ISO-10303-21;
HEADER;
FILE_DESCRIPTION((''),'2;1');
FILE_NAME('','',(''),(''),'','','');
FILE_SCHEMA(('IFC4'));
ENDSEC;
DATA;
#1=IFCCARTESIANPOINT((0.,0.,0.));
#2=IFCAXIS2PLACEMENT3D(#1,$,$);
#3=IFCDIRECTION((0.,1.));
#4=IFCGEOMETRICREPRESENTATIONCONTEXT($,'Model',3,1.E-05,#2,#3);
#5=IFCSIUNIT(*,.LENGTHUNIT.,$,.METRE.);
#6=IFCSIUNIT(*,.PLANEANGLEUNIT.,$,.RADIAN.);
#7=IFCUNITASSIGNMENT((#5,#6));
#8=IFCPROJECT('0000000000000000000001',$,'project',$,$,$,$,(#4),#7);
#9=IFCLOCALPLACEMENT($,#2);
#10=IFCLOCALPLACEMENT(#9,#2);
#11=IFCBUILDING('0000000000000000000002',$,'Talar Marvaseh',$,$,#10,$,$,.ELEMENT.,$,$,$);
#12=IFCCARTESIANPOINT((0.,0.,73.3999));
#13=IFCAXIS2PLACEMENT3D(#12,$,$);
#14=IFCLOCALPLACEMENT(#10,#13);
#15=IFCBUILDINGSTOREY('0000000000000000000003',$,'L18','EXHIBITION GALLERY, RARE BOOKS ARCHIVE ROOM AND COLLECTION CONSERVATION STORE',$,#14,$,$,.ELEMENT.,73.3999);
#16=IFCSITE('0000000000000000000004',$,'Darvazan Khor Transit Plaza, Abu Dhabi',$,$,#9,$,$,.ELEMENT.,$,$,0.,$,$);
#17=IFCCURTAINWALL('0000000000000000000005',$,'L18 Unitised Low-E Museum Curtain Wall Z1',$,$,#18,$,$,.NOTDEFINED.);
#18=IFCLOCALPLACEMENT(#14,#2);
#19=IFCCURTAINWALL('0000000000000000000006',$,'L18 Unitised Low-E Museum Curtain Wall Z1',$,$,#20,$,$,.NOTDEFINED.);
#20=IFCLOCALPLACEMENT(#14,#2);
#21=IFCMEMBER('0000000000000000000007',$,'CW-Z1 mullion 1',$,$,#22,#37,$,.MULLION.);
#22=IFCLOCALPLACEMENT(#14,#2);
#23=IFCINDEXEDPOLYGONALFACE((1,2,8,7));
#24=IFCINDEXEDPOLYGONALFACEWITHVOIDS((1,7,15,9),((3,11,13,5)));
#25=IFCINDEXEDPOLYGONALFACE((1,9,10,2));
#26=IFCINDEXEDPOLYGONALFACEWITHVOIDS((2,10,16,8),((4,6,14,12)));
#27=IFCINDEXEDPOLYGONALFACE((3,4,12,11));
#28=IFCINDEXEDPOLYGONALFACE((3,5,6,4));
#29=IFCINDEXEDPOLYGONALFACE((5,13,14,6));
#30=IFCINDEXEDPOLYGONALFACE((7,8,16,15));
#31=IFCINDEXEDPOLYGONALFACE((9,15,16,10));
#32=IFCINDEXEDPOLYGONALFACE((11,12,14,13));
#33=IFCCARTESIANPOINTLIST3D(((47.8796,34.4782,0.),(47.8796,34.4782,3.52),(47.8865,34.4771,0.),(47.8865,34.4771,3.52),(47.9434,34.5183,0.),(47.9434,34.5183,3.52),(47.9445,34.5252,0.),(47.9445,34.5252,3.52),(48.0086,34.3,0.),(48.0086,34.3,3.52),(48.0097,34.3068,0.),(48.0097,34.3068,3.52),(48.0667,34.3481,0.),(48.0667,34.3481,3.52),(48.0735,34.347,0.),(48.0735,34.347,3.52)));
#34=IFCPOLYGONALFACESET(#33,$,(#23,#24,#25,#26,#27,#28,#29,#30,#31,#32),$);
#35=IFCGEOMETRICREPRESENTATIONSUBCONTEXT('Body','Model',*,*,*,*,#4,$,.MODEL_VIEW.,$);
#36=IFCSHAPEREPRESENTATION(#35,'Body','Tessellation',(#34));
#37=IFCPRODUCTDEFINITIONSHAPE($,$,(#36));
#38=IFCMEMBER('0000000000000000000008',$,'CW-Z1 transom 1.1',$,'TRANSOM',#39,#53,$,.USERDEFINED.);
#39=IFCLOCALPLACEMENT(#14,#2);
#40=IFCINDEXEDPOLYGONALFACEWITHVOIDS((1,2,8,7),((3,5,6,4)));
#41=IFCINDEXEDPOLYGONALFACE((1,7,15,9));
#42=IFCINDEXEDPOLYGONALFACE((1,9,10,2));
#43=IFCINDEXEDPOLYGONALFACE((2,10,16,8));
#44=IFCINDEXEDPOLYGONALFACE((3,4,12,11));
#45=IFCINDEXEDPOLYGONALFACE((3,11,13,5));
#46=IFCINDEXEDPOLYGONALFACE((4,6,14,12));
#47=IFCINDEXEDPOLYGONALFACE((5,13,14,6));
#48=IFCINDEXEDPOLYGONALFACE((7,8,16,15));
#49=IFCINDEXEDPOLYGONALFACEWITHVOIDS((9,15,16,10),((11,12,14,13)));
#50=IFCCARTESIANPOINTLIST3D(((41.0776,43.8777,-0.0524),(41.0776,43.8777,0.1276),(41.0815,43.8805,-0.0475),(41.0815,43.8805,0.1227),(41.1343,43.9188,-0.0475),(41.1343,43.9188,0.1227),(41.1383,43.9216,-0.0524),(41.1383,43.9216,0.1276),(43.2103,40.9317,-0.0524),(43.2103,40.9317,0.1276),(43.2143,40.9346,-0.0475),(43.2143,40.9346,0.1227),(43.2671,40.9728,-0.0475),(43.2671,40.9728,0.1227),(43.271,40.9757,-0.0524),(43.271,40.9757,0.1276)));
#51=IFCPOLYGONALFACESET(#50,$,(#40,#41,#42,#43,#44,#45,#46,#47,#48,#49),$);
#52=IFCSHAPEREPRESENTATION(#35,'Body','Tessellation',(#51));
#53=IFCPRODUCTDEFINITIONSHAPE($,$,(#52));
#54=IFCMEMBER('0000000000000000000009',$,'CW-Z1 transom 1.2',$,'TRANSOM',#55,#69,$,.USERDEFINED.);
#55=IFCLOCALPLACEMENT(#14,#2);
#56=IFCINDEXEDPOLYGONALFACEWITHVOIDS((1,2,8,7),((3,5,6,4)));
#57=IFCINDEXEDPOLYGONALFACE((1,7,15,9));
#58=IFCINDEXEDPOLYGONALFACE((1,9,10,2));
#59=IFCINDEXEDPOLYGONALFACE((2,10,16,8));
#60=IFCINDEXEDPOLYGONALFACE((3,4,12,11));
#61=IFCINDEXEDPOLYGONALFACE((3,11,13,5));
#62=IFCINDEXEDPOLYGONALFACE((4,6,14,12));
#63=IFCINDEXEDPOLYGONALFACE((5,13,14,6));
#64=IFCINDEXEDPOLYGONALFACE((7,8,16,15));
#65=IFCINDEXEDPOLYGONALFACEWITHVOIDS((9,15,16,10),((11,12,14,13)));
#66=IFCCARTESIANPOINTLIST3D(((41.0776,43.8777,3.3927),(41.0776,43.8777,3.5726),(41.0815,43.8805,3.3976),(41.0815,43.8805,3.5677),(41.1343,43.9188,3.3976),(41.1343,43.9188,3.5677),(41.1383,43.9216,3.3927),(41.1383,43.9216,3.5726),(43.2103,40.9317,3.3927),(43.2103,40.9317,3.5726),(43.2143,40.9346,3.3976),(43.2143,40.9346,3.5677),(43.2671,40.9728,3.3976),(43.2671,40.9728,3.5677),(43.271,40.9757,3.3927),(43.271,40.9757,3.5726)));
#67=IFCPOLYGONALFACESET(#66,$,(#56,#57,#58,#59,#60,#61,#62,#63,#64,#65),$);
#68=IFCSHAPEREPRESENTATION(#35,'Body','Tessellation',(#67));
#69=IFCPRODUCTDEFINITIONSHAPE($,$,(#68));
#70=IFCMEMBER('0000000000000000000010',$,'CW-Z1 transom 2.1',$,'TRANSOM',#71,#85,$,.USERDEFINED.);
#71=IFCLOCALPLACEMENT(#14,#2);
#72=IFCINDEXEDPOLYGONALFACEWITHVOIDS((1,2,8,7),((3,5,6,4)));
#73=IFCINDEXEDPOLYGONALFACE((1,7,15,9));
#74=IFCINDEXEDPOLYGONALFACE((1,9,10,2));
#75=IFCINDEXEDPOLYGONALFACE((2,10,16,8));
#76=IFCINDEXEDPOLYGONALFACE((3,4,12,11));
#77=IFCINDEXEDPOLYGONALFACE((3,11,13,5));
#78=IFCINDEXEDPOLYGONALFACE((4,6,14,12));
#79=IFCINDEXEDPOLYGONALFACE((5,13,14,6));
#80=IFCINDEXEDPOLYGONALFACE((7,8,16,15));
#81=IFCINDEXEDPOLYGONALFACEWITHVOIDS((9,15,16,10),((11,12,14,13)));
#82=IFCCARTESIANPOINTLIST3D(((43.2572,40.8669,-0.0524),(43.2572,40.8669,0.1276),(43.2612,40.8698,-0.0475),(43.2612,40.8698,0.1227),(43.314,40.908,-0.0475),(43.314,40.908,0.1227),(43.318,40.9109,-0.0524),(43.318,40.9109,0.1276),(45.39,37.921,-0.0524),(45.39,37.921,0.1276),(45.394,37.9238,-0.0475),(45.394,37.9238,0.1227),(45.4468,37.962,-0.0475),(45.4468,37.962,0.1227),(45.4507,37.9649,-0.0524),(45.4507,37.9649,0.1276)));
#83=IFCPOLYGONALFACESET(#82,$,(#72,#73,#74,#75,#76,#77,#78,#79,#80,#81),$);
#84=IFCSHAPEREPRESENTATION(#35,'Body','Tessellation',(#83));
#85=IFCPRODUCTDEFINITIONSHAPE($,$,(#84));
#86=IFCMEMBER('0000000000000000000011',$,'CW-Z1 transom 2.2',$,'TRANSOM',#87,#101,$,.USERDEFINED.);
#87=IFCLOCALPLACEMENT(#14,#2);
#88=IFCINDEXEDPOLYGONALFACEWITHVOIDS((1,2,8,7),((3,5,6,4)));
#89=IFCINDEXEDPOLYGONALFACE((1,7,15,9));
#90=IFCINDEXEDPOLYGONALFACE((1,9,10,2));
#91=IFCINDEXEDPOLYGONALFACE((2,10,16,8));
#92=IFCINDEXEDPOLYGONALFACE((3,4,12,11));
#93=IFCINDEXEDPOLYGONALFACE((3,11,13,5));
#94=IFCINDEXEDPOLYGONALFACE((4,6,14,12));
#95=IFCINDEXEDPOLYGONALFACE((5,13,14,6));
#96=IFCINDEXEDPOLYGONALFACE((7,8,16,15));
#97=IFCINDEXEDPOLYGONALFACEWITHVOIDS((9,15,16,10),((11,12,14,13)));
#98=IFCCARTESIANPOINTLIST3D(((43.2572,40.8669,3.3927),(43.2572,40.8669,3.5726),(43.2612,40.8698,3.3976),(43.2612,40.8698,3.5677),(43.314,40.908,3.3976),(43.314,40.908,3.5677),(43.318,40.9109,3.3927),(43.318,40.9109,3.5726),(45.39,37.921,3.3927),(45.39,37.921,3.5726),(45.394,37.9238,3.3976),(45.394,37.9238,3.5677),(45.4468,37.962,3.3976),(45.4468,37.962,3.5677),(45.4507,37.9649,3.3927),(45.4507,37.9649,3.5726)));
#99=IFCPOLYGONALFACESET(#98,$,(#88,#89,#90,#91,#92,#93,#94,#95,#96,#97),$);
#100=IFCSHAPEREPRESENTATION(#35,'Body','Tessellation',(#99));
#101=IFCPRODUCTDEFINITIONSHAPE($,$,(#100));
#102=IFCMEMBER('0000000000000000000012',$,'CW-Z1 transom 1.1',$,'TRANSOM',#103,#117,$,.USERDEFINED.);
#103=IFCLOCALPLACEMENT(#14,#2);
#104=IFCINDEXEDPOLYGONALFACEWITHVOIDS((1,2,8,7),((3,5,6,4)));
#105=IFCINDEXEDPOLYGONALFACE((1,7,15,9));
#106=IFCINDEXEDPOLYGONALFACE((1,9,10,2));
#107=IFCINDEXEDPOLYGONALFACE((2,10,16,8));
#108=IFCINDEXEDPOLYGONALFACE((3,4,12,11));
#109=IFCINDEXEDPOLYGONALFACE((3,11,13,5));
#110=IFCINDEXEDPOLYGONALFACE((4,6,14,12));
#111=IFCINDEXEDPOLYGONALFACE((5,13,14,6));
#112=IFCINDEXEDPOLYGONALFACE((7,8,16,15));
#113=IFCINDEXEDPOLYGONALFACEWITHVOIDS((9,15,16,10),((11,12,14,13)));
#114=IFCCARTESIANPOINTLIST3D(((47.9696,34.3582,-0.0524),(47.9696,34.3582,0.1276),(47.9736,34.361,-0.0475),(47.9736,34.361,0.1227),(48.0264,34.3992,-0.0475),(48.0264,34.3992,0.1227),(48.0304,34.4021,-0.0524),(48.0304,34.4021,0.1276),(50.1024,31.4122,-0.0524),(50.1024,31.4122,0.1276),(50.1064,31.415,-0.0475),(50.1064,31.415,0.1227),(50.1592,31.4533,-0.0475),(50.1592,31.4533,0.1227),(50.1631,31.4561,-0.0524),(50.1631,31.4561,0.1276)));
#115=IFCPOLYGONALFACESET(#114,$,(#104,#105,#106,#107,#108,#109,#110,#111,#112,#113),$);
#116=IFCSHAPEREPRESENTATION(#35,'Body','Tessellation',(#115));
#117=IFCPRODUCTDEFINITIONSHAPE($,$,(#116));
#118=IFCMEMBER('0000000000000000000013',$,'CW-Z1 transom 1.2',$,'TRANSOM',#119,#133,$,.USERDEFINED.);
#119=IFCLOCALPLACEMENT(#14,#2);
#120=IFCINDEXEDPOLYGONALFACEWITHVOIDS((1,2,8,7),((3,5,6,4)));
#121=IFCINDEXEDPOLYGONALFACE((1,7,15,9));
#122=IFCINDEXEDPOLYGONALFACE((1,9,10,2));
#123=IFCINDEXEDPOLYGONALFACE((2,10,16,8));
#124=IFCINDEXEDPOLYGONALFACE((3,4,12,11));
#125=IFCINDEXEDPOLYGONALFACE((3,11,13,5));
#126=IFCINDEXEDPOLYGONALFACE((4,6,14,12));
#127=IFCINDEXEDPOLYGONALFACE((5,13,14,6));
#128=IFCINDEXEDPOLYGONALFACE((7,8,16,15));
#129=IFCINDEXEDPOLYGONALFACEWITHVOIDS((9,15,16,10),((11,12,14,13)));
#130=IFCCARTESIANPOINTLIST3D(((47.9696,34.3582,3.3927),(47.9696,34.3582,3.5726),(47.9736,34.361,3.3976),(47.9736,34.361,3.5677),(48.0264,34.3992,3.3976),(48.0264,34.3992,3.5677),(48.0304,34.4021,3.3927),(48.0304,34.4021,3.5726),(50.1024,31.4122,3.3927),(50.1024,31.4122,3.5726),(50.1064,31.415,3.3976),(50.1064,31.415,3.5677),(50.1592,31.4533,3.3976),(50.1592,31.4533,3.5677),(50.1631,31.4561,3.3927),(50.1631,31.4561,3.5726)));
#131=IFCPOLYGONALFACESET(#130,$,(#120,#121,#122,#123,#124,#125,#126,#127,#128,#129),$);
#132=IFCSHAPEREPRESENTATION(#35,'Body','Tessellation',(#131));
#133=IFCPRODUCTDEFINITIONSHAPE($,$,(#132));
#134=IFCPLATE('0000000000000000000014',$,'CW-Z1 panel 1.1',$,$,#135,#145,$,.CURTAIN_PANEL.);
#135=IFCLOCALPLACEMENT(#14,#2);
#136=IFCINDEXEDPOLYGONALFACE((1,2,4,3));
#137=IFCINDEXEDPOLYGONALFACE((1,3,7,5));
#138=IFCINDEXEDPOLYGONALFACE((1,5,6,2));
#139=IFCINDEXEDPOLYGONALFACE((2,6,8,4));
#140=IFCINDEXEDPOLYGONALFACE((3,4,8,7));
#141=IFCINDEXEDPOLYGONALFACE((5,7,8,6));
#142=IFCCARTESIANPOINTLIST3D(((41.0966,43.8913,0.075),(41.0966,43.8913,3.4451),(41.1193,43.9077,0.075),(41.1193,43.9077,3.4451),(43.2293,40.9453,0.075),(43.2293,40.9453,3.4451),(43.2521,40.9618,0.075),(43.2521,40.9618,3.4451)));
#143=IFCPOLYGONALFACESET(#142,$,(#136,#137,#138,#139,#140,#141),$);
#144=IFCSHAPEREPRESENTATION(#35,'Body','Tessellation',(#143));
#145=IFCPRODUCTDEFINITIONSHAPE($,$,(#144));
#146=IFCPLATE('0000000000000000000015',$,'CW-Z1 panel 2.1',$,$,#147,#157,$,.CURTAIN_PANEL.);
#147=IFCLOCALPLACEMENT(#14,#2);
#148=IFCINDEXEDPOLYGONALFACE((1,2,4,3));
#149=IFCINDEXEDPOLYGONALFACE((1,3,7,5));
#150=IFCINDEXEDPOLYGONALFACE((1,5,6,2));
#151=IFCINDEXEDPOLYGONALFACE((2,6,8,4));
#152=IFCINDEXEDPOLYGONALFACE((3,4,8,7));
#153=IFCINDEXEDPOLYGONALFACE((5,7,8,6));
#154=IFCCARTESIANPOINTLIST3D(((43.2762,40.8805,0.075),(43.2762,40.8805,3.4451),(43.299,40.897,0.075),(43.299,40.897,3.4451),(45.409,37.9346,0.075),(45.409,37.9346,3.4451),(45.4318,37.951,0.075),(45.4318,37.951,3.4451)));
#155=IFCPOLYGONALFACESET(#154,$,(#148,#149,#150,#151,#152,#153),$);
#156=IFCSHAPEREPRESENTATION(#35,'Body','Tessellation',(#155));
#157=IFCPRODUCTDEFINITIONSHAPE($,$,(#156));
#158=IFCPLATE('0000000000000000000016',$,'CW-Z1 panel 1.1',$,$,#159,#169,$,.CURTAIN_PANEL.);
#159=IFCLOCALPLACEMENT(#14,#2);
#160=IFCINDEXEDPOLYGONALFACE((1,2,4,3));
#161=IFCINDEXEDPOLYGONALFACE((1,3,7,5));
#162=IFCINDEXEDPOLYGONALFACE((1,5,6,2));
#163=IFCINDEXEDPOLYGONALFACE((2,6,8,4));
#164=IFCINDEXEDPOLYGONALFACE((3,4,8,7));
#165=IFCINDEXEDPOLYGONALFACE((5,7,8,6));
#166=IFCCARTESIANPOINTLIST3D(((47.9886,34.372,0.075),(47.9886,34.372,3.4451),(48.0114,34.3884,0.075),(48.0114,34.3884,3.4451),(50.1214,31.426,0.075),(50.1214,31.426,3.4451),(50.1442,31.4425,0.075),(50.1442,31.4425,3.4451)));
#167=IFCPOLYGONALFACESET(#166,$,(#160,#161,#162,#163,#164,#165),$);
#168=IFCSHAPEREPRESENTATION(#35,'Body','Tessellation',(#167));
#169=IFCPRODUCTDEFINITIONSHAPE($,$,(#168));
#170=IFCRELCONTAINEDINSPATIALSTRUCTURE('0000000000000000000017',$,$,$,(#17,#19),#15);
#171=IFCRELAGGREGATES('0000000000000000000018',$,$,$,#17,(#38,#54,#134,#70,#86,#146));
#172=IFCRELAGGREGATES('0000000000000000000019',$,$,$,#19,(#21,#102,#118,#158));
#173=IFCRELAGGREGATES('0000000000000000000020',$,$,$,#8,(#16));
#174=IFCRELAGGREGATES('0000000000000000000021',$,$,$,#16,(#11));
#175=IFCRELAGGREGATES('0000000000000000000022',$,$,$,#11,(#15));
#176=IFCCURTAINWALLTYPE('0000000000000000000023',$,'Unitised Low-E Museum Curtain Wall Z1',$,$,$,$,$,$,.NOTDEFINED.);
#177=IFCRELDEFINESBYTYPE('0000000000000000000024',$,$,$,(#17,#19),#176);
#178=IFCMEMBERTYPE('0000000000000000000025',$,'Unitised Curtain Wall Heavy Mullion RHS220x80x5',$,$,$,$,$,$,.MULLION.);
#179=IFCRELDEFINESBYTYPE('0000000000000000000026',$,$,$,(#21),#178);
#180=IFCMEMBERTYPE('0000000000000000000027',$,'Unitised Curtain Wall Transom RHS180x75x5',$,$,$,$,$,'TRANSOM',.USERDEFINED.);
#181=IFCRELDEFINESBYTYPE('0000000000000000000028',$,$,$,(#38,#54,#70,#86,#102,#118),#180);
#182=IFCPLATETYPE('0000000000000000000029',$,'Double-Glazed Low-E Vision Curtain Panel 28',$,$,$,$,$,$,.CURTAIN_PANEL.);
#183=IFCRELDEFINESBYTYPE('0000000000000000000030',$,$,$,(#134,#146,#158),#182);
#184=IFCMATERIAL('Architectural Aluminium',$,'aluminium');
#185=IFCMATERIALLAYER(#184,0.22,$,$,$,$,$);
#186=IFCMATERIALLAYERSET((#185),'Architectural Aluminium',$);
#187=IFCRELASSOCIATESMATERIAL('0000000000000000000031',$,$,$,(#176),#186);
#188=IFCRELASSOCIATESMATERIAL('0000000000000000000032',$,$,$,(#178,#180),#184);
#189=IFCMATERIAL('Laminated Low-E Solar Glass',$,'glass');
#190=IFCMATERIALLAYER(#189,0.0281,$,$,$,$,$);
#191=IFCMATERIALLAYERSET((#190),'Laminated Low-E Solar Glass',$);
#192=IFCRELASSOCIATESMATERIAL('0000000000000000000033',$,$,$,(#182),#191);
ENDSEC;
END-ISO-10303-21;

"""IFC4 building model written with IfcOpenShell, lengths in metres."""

from ifc_helpers import new_model, si_unit, direction, frame, origin, origin_2d, place, context, subcontext, project, spatial, rectangle, hollow_rectangle, extrude, source, transform, mapped, material, layer, layer_set, material_profile, profile_set, type_object, type_shapes, element, aggregate, save


model = new_model("IFC4")

# Units and contexts
model_context = context("Model", 3, precision=1e-05, world=origin(), true_north=direction((0.0, 1.0)))
body_context = subcontext(model_context, "Body", "Model", "MODEL_VIEW")
ifc_project = project(units=[si_unit("LENGTHUNIT", "METRE"), si_unit("PLANEANGLEUNIT", "RADIAN")], contexts=[model_context])

# Site, building, storey
site_placement = place(None, origin())
site = spatial("IfcSite", under=ifc_project, at=site_placement, Name="Darvazan Khor Transit Plaza, Abu Dhabi", CompositionType="ELEMENT", RefElevation=0.0)
building_placement = place(site_placement, origin())
building = spatial("IfcBuilding", under=site, at=building_placement, Name="Talar Marvaseh", CompositionType="ELEMENT")
storey_placement = place(building_placement, frame((0.0, 0.0, 73.3999)))
storey = spatial("IfcBuildingStorey", under=building, at=storey_placement, Name="L18", Description="EXHIBITION GALLERY, RARE BOOKS ARCHIVE ROOM AND COLLECTION CONSERVATION STORE", CompositionType="ELEMENT", Elevation=73.3999)

# Shared definitions
ifc_material_1 = material(Name="Architectural Aluminium", Category="aluminium")
ifc_layer_1 = layer(ifc_material_1, 0.22)
ifc_layer_set_1 = layer_set([ifc_layer_1], Name="Architectural Aluminium")
curtain_wall_type = type_object("IfcCurtainWallType", Name="Unitised Low-E Museum Curtain Wall Z1", PredefinedType="NOTDEFINED", material=ifc_layer_set_1)
ifc_material_profile_1 = material_profile(ifc_material_1, hollow_rectangle(XDim=0.0801, YDim=0.22, WallThickness=0.0049, at=origin_2d()), Name="RHS220x80x5")
ifc_profile_set_1 = profile_set([ifc_material_profile_1], Name="Architectural Aluminium")
member_type_1 = type_object("IfcMemberType", Name="Unitised Curtain Wall Heavy Mullion RHS220x80x5", PredefinedType="MULLION", material=ifc_profile_set_1)
shared_shape_1 = source(origin(), body_context, "Body", "SweptSolid", [
    extrude(hollow_rectangle(XDim=0.0801, YDim=0.22, WallThickness=0.0049, at=origin_2d()), origin(), (0.0, 0.0, 1.0), 3.52),
])
type_shapes(member_type_1, [shared_shape_1])

# Curtain wall
curtain_wall_1_placement = place(storey_placement, origin())
curtain_wall_1 = element("IfcCurtainWall", 1, at=curtain_wall_1_placement, inside=storey, type_object=curtain_wall_type, Name="L18 Unitised Low-E Museum Curtain Wall Z1", PredefinedType="NOTDEFINED")

# Curtain wall, member
curtain_wall_2_placement = place(storey_placement, origin())
curtain_wall_2 = element("IfcCurtainWall", 2, at=curtain_wall_2_placement, inside=storey, type_object=curtain_wall_type, Name="L18 Unitised Low-E Museum Curtain Wall Z1", PredefinedType="NOTDEFINED")
member_1_placement = place(storey_placement, frame((47.9766, 34.4126, 0.0), z_axis=(0.0, 0.0, 1.0), x_axis=(0.810007, 0.586421, 0.0)))
member_1 = element("IfcMember", 3, at=member_1_placement, type_object=member_type_1, Name="CW-Z1 mullion 1", PredefinedType="MULLION", context=body_context, shape_type="MappedRepresentation", body=[
    mapped(shared_shape_1, transform((0.0, 0.0, 0.0), x_axis=(1.0, 0.0, 0.0), y_axis=(0.0, 1.0, 0.0), z_axis=(0.0, 0.0, 1.0), scale=1.0)),
])

# Members
ifc_material_profile_2 = material_profile(ifc_material_1, hollow_rectangle(XDim=0.075, YDim=0.1799, WallThickness=0.0049, at=origin_2d()), Name="RHS180x75x5")
ifc_profile_set_2 = profile_set([ifc_material_profile_2], Name="Architectural Aluminium")
member_type_2 = type_object("IfcMemberType", Name="Unitised Curtain Wall Transom RHS180x75x5", ElementType="TRANSOM", PredefinedType="USERDEFINED", material=ifc_profile_set_2)
shared_shape_2 = source(origin(), body_context, "Body", "SweptSolid", [
    extrude(hollow_rectangle(XDim=0.075, YDim=0.1799, WallThickness=0.0049, at=origin_2d()), origin(), (0.0, 0.0, 1.0), 3.637),
])
type_shapes(member_type_2, [shared_shape_2])
member_2_placement = place(storey_placement, frame((41.1079, 43.8997, 0.0376), z_axis=(0.586414, -0.810011, 0.0), x_axis=(0.810011, 0.586414, 0.0)))
member_2 = element("IfcMember", 4, at=member_2_placement, type_object=member_type_2, Name="CW-Z1 transom 1.1", ObjectType="TRANSOM", PredefinedType="USERDEFINED", context=body_context, shape_type="MappedRepresentation", body=[
    mapped(shared_shape_2, transform((0.0, 0.0, 0.0), x_axis=(1.0, 0.0, 0.0), y_axis=(0.0, 1.0, 0.0), z_axis=(0.0, 0.0, 1.0), scale=1.0)),
])
member_3_placement = place(storey_placement, frame((41.1079, 43.8997, 3.4827), z_axis=(0.586414, -0.810011, 0.0), x_axis=(0.810011, 0.586414, 0.0)))
member_3 = element("IfcMember", 5, at=member_3_placement, type_object=member_type_2, Name="CW-Z1 transom 1.2", ObjectType="TRANSOM", PredefinedType="USERDEFINED", context=body_context, shape_type="MappedRepresentation", body=[
    mapped(shared_shape_2, transform((0.0, 0.0, 0.0), x_axis=(1.0, 0.0, 0.0), y_axis=(0.0, 1.0, 0.0), z_axis=(0.0, 0.0, 1.0), scale=1.0)),
])
member_4_placement = place(storey_placement, frame((43.2876, 40.8889, 0.0376), z_axis=(0.586414, -0.810011, 0.0), x_axis=(0.810011, 0.586414, 0.0)))
member_4 = element("IfcMember", 6, at=member_4_placement, type_object=member_type_2, Name="CW-Z1 transom 2.1", ObjectType="TRANSOM", PredefinedType="USERDEFINED", context=body_context, shape_type="MappedRepresentation", body=[
    mapped(shared_shape_2, transform((0.0, 0.0, 0.0), x_axis=(1.0, 0.0, 0.0), y_axis=(0.0, 1.0, 0.0), z_axis=(0.0, 0.0, 1.0), scale=1.0)),
])
member_5_placement = place(storey_placement, frame((43.2876, 40.8889, 3.4827), z_axis=(0.586414, -0.810011, 0.0), x_axis=(0.810011, 0.586414, 0.0)))
member_5 = element("IfcMember", 7, at=member_5_placement, type_object=member_type_2, Name="CW-Z1 transom 2.2", ObjectType="TRANSOM", PredefinedType="USERDEFINED", context=body_context, shape_type="MappedRepresentation", body=[
    mapped(shared_shape_2, transform((0.0, 0.0, 0.0), x_axis=(1.0, 0.0, 0.0), y_axis=(0.0, 1.0, 0.0), z_axis=(0.0, 0.0, 1.0), scale=1.0)),
])
member_6_placement = place(storey_placement, frame((48.0, 34.3801, 0.0376), z_axis=(0.586414, -0.810011, 0.0), x_axis=(0.810011, 0.586414, 0.0)))
member_6 = element("IfcMember", 8, at=member_6_placement, type_object=member_type_2, Name="CW-Z1 transom 1.1", ObjectType="TRANSOM", PredefinedType="USERDEFINED", context=body_context, shape_type="MappedRepresentation", body=[
    mapped(shared_shape_2, transform((0.0, 0.0, 0.0), x_axis=(1.0, 0.0, 0.0), y_axis=(0.0, 1.0, 0.0), z_axis=(0.0, 0.0, 1.0), scale=1.0)),
])
member_7_placement = place(storey_placement, frame((48.0, 34.3801, 3.4827), z_axis=(0.586414, -0.810011, 0.0), x_axis=(0.810011, 0.586414, 0.0)))
member_7 = element("IfcMember", 9, at=member_7_placement, type_object=member_type_2, Name="CW-Z1 transom 1.2", ObjectType="TRANSOM", PredefinedType="USERDEFINED", context=body_context, shape_type="MappedRepresentation", body=[
    mapped(shared_shape_2, transform((0.0, 0.0, 0.0), x_axis=(1.0, 0.0, 0.0), y_axis=(0.0, 1.0, 0.0), z_axis=(0.0, 0.0, 1.0), scale=1.0)),
])

# Plates
ifc_material_2 = material(Name="Laminated Low-E Solar Glass", Category="glass")
ifc_layer_2 = layer(ifc_material_2, 0.0281)
ifc_layer_set_2 = layer_set([ifc_layer_2], Name="Laminated Low-E Solar Glass")
plate_type = type_object("IfcPlateType", Name="Double-Glazed Low-E Vision Curtain Panel 28", PredefinedType="CURTAIN_PANEL", material=ifc_layer_set_2)
shared_shape_3 = source(origin(), body_context, "Body", "SweptSolid", [
    extrude(rectangle(XDim=3.637, YDim=0.0281, at=origin_2d()), origin(), (0.0, 0.0, 1.0), 3.3701),
])
type_shapes(plate_type, [shared_shape_3])
plate_1_placement = place(storey_placement, frame((42.1743, 42.4265, 0.075), z_axis=(0.0, 0.0, 1.0), x_axis=(0.586421, -0.810007, 0.0)))
plate_1 = element("IfcPlate", 10, at=plate_1_placement, type_object=plate_type, Name="CW-Z1 panel 1.1", PredefinedType="CURTAIN_PANEL", context=body_context, shape_type="MappedRepresentation", body=[
    mapped(shared_shape_3, transform((0.0, 0.0, 0.0), x_axis=(1.0, 0.0, 0.0), y_axis=(0.0, 1.0, 0.0), z_axis=(0.0, 0.0, 1.0), scale=1.0)),
])
plate_2_placement = place(storey_placement, frame((44.354, 39.4158, 0.075), z_axis=(0.0, 0.0, 1.0), x_axis=(0.586421, -0.810007, 0.0)))
plate_2 = element("IfcPlate", 11, at=plate_2_placement, type_object=plate_type, Name="CW-Z1 panel 2.1", PredefinedType="CURTAIN_PANEL", context=body_context, shape_type="MappedRepresentation", body=[
    mapped(shared_shape_3, transform((0.0, 0.0, 0.0), x_axis=(1.0, 0.0, 0.0), y_axis=(0.0, 1.0, 0.0), z_axis=(0.0, 0.0, 1.0), scale=1.0)),
])
aggregate(curtain_wall_1, [member_2, member_3, plate_1, member_4, member_5, plate_2])
plate_3_placement = place(storey_placement, frame((49.0664, 32.9072, 0.075), z_axis=(0.0, 0.0, 1.0), x_axis=(0.586421, -0.810007, 0.0)))
plate_3 = element("IfcPlate", 12, at=plate_3_placement, type_object=plate_type, Name="CW-Z1 panel 1.1", PredefinedType="CURTAIN_PANEL", context=body_context, shape_type="MappedRepresentation", body=[
    mapped(shared_shape_3, transform((0.0, 0.0, 0.0), x_axis=(1.0, 0.0, 0.0), y_axis=(0.0, 1.0, 0.0), z_axis=(0.0, 0.0, 1.0), scale=1.0)),
])
aggregate(curtain_wall_2, [member_1, member_6, member_7, plate_3])

save(model, "model.ifc")
